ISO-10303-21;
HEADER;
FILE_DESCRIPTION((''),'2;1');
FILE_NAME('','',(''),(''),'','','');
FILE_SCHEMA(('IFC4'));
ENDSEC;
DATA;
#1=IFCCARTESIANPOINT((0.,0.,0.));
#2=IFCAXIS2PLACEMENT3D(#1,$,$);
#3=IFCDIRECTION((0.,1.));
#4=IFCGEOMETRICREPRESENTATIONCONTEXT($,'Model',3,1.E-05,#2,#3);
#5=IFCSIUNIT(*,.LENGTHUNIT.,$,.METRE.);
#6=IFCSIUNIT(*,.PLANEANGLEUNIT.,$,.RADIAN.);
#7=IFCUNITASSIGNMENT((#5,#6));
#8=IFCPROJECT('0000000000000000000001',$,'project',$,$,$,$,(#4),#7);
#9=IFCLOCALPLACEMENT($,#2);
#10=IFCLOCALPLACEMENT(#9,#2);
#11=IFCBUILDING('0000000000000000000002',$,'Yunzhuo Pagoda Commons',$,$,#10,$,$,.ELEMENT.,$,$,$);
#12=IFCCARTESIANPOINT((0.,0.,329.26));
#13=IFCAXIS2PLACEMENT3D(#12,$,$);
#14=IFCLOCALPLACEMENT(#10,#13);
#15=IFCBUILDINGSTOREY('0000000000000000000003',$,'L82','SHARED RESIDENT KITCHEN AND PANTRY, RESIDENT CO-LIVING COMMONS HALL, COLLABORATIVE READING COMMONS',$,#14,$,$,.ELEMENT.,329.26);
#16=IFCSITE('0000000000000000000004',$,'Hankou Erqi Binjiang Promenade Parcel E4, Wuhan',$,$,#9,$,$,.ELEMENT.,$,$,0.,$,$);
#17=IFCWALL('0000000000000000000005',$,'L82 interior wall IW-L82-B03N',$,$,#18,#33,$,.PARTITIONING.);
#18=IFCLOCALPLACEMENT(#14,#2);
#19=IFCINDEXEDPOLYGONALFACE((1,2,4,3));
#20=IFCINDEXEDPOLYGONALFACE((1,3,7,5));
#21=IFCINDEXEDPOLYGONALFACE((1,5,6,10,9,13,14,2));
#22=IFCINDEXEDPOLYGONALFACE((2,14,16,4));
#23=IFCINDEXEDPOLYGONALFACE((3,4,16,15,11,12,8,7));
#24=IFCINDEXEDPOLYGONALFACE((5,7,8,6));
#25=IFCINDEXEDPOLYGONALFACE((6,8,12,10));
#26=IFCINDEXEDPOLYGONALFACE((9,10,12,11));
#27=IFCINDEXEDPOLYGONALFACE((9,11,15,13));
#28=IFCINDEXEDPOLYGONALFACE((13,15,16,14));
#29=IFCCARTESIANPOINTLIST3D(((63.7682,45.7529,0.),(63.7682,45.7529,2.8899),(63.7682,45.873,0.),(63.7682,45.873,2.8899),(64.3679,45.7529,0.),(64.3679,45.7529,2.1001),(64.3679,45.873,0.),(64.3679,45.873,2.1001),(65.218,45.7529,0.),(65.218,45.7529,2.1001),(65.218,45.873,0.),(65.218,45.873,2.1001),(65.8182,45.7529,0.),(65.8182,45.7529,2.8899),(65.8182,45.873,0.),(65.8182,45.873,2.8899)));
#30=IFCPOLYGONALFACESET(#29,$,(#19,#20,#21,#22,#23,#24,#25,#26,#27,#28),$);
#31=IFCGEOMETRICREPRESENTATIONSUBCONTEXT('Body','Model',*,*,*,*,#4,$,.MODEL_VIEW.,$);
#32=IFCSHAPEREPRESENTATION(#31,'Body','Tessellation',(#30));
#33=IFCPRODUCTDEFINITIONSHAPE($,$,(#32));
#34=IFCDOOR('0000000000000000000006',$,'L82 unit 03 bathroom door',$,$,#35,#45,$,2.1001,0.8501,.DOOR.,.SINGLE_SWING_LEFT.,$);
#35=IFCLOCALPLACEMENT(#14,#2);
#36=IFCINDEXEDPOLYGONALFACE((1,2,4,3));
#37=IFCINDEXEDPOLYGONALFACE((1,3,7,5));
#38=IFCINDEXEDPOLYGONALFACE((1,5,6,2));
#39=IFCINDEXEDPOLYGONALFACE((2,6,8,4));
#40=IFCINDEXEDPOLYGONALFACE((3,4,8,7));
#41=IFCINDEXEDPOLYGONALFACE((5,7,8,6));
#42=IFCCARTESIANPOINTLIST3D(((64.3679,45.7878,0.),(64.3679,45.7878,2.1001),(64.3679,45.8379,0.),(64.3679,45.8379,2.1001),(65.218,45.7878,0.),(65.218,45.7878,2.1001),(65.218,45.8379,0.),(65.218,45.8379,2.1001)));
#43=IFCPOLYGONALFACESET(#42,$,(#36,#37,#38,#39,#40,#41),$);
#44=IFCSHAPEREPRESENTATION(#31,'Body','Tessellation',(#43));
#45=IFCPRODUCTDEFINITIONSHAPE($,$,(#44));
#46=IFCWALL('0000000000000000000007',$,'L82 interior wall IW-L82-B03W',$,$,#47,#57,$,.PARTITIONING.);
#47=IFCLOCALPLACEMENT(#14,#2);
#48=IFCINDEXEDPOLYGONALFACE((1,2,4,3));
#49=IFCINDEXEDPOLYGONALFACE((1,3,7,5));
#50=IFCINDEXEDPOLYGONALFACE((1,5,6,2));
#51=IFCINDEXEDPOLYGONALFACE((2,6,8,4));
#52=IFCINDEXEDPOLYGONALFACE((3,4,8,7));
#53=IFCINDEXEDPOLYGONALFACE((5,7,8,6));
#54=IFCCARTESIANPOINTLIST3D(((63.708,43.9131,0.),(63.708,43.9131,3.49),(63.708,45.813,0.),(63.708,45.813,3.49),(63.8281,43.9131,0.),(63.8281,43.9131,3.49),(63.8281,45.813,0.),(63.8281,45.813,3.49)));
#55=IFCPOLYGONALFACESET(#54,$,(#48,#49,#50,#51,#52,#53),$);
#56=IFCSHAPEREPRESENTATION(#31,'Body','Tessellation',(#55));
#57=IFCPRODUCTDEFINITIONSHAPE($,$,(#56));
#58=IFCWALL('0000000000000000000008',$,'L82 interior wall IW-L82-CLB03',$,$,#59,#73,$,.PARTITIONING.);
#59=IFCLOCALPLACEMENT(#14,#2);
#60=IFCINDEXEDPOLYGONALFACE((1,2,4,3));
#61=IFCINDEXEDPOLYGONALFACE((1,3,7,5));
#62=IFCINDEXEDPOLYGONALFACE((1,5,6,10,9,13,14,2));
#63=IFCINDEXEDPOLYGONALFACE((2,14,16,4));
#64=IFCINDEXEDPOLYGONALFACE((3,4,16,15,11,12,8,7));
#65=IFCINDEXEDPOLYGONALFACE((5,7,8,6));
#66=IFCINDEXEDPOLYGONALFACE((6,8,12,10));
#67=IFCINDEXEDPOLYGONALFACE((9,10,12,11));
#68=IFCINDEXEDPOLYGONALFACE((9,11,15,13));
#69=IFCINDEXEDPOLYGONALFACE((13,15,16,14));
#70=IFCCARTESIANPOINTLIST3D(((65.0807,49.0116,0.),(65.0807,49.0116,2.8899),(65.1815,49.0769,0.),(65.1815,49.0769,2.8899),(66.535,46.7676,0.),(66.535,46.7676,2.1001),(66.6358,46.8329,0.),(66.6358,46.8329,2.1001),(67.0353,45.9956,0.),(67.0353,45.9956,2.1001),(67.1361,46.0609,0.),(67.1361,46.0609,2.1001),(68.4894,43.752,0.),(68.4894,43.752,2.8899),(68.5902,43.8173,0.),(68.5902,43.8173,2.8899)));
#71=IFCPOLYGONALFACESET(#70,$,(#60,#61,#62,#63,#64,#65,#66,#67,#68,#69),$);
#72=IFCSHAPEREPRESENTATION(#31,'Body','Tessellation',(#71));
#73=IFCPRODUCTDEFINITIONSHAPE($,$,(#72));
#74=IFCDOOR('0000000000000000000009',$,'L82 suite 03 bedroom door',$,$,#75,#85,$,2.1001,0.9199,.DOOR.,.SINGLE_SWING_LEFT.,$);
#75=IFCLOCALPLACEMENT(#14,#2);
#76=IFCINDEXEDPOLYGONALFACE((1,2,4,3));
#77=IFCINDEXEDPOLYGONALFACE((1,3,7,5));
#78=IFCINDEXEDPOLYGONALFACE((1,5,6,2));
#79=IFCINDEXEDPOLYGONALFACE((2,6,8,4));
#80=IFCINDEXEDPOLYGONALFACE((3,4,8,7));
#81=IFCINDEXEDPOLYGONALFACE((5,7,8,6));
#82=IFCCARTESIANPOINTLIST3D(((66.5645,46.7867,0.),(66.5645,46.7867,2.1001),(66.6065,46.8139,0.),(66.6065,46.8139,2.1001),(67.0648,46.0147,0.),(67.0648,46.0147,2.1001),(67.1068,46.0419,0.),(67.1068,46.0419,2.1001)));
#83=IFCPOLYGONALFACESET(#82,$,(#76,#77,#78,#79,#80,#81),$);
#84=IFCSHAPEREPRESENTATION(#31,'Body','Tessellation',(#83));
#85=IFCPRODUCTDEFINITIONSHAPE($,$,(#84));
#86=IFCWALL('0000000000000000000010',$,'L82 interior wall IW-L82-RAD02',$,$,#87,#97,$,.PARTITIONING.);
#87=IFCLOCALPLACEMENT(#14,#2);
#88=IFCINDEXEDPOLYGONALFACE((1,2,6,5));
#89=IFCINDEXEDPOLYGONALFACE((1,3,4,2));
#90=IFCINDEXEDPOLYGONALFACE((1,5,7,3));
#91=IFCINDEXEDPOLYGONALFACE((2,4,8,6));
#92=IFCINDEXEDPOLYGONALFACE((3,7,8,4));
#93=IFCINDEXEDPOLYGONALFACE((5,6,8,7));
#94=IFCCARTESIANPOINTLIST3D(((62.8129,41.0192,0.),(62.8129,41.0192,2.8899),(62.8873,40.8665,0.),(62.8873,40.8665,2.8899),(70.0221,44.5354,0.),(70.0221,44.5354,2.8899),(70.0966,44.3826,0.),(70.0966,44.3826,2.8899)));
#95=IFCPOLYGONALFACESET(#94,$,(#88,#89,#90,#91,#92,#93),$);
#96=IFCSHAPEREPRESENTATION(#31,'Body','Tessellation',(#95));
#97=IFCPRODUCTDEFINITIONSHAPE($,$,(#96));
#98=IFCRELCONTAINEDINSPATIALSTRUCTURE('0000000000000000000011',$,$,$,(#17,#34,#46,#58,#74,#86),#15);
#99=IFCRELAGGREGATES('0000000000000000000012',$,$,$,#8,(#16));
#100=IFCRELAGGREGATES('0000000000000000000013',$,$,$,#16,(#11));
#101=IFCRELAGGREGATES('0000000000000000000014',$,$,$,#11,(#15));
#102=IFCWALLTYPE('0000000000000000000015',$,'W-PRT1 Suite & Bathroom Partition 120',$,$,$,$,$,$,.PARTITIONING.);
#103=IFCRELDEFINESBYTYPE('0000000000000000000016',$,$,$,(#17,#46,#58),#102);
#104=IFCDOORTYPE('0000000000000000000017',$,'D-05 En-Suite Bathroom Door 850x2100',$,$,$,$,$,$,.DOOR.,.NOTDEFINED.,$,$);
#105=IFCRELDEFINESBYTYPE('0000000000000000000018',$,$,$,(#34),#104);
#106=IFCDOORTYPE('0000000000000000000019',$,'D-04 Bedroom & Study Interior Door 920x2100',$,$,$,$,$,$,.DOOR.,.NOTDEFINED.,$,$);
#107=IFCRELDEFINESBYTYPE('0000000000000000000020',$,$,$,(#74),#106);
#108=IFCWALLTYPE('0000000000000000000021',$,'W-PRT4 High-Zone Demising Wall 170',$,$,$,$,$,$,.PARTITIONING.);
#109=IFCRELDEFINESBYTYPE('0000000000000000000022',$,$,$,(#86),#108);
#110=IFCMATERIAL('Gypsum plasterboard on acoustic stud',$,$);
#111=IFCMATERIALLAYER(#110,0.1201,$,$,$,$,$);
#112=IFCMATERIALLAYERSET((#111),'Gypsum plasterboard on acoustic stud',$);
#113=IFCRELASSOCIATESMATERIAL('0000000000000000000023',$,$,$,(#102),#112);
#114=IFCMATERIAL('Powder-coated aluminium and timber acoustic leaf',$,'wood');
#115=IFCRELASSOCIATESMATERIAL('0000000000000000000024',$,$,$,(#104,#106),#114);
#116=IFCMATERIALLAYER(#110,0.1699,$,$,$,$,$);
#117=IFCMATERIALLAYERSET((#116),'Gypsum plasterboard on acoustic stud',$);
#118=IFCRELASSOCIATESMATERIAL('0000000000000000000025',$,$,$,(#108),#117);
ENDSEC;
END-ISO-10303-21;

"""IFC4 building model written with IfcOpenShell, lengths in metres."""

from ifc_helpers import new_model, si_unit, direction, frame, frame_2d, origin, origin_with_axes, place, context, subcontext, project, spatial, rectangle, extrude, source, transform, mapped, material, layer, layer_set, type_object, element, fill, save


model = new_model("IFC4")

# Units and contexts
model_context = context("Model", 3, precision=1e-05, world=origin(), true_north=direction((0.0, 1.0)))
body_context = subcontext(model_context, "Body", "Model", "MODEL_VIEW")
ifc_project = project(units=[si_unit("LENGTHUNIT", "METRE"), si_unit("PLANEANGLEUNIT", "RADIAN")], contexts=[model_context])

# Site, building, storey
site_placement = place(None, origin())
site = spatial("IfcSite", under=ifc_project, at=site_placement, Name="Hankou Erqi Binjiang Promenade Parcel E4, Wuhan", CompositionType="ELEMENT", RefElevation=0.0)
building_placement = place(site_placement, origin())
building = spatial("IfcBuilding", under=site, at=building_placement, Name="Yunzhuo Pagoda Commons", CompositionType="ELEMENT")
storey_placement = place(building_placement, frame((0.0, 0.0, 329.26)))
storey = spatial("IfcBuildingStorey", under=building, at=storey_placement, Name="L82", Description="SHARED RESIDENT KITCHEN AND PANTRY, RESIDENT CO-LIVING COMMONS HALL, COLLABORATIVE READING COMMONS", CompositionType="ELEMENT", Elevation=329.26)

# Shared definitions
ifc_material_1 = material(Name="Gypsum plasterboard on acoustic stud")

# Shared definitions
ifc_material_2 = material(Name="Powder-coated aluminium and timber acoustic leaf", Category="wood")

# Shared definitions
ifc_layer_1 = layer(ifc_material_1, 0.1201)
ifc_layer_set_1 = layer_set([ifc_layer_1], Name="Gypsum plasterboard on acoustic stud")
wall_type_1 = type_object("IfcWallType", Name="W-PRT1 Suite & Bathroom Partition 120", PredefinedType="PARTITIONING", material=ifc_layer_set_1)

# Wall, opening, door
wall_1_placement = place(storey_placement, frame((65.8181, 45.813, 0.0), z_axis=(0.0, 0.0, 1.0), x_axis=(-1.0, 0.0, 0.0)))
wall_1 = element("IfcWall", 1, at=wall_1_placement, inside=storey, type_object=wall_type_1, Name="L82 interior wall IW-L82-B03N", PredefinedType="PARTITIONING", context=body_context, shape_type="SweptSolid", body=[
    extrude(rectangle(XDim=2.05, YDim=0.1201, at=frame_2d((1.0249, 0.0))), origin(), (0.0, 0.0, 1.0), 2.8899),
])
opening_1_placement = place(wall_1_placement, frame((0.6001, 0.0, 0.0)))
opening_1 = element("IfcOpeningElement", 2, at=opening_1_placement, cuts=wall_1, PredefinedType="OPENING", context=body_context, shape_type="SweptSolid", body=[
    extrude(rectangle(XDim=0.8501, YDim=2.1001, at=frame_2d((0.425, 1.05))), frame((0.0, 0.0701, 0.0), z_axis=(0.0, -1.0, 0.0), x_axis=(1.0, 0.0, 0.0)), (0.0, 0.0, 1.0), 0.1401),
])
door_type_1 = type_object("IfcDoorType", Name="D-05 En-Suite Bathroom Door 850x2100", OperationType="NOTDEFINED", PredefinedType="DOOR", material=ifc_material_2)
shared_shape_1 = source(origin(), body_context, "Body", "SweptSolid", [
    extrude(rectangle(XDim=0.8501, YDim=2.1001, at=frame_2d((0.425, 1.05))), frame((0.0, 0.0249, 0.0), z_axis=(0.0, -1.0, 0.0), x_axis=(1.0, 0.0, 0.0)), (0.0, 0.0, 1.0), 0.05),
])
door_1_placement = place(opening_1_placement, frame((0.8501, 0.0, 0.0), z_axis=(0.0, 0.0, 1.0), x_axis=(-1.0, 0.0, 0.0)))
door_1 = element("IfcDoor", 3, at=door_1_placement, inside=storey, type_object=door_type_1, Name="L82 unit 03 bathroom door", OperationType="SINGLE_SWING_LEFT", OverallHeight=2.1001, OverallWidth=0.8501, PredefinedType="DOOR", context=body_context, shape_type="MappedRepresentation", body=[
    mapped(shared_shape_1, transform((0.0, 0.0, 0.0), scale=1.0)),
])
fill(opening_1, door_1)

# Wall
wall_2_placement = place(storey_placement, frame((63.7681, 45.813, 0.0), z_axis=(0.0, 0.0, 1.0), x_axis=(0.0, -1.0, 0.0)))
element("IfcWall", 4, at=wall_2_placement, inside=storey, type_object=wall_type_1, Name="L82 interior wall IW-L82-B03W", PredefinedType="PARTITIONING", context=body_context, shape_type="SweptSolid", body=[
    extrude(rectangle(XDim=1.8999, YDim=0.1201, at=frame_2d((0.95, 0.0))), origin(), (0.0, 0.0, 1.0), 3.49),
])

# Wall, opening, door
wall_3_placement = place(storey_placement, frame((68.5398, 43.7847, 0.0), z_axis=(0.0, 0.0, 1.0), x_axis=(-0.543866, 0.839172, 0.0)))
wall_3 = element("IfcWall", 5, at=wall_3_placement, inside=storey, type_object=wall_type_1, Name="L82 interior wall IW-L82-CLB03", PredefinedType="PARTITIONING", context=body_context, shape_type="SweptSolid", body=[
    extrude(rectangle(XDim=6.2676, YDim=0.1201, at=frame_2d((3.1338, 0.0))), origin(), (0.0, 0.0, 1.0), 2.8899),
])
opening_2_placement = place(wall_3_placement, frame((2.6736, 0.0, 0.0)))
opening_2 = element("IfcOpeningElement", 6, at=opening_2_placement, cuts=wall_3, PredefinedType="OPENING", context=body_context, shape_type="SweptSolid", body=[
    extrude(rectangle(XDim=0.9199, YDim=2.1001, at=frame_2d((0.46, 1.05))), frame((0.0, 0.0701, 0.0), z_axis=(0.0, -1.0, 0.0), x_axis=(1.0, 0.0, 0.0)), (0.0, 0.0, 1.0), 0.1401),
])
door_type_2 = type_object("IfcDoorType", Name="D-04 Bedroom & Study Interior Door 920x2100", OperationType="NOTDEFINED", PredefinedType="DOOR", material=ifc_material_2)
shared_shape_2 = source(origin(), body_context, "Body", "SweptSolid", [
    extrude(rectangle(XDim=0.9199, YDim=2.1001, at=frame_2d((0.46, 1.05))), frame((0.0, 0.0249, 0.0), z_axis=(0.0, -1.0, 0.0), x_axis=(1.0, 0.0, 0.0)), (0.0, 0.0, 1.0), 0.05),
])
door_2_placement = place(opening_2_placement, origin_with_axes())
door_2 = element("IfcDoor", 7, at=door_2_placement, inside=storey, type_object=door_type_2, Name="L82 suite 03 bedroom door", OperationType="SINGLE_SWING_LEFT", OverallHeight=2.1001, OverallWidth=0.9199, PredefinedType="DOOR", context=body_context, shape_type="MappedRepresentation", body=[
    mapped(shared_shape_2, transform((0.0, 0.0, 0.0), scale=1.0)),
])
fill(opening_2, door_2)

# Wall
ifc_layer_2 = layer(ifc_material_1, 0.1699)
ifc_layer_set_2 = layer_set([ifc_layer_2], Name="Gypsum plasterboard on acoustic stud")
wall_type_2 = type_object("IfcWallType", Name="W-PRT4 High-Zone Demising Wall 170", PredefinedType="PARTITIONING", material=ifc_layer_set_2)
wall_4_placement = place(storey_placement, frame((62.8501, 40.9429, 0.0), z_axis=(0.0, 0.0, 1.0), x_axis=(0.898797, 0.438365, 0.0)))
element("IfcWall", 8, at=wall_4_placement, inside=storey, type_object=wall_type_2, Name="L82 interior wall IW-L82-RAD02", PredefinedType="PARTITIONING", context=body_context, shape_type="SweptSolid", body=[
    extrude(rectangle(XDim=8.021, YDim=0.1699, at=frame_2d((4.0105, 0.0))), origin(), (0.0, 0.0, 1.0), 2.8899),
])

save(model, "model.ifc")
